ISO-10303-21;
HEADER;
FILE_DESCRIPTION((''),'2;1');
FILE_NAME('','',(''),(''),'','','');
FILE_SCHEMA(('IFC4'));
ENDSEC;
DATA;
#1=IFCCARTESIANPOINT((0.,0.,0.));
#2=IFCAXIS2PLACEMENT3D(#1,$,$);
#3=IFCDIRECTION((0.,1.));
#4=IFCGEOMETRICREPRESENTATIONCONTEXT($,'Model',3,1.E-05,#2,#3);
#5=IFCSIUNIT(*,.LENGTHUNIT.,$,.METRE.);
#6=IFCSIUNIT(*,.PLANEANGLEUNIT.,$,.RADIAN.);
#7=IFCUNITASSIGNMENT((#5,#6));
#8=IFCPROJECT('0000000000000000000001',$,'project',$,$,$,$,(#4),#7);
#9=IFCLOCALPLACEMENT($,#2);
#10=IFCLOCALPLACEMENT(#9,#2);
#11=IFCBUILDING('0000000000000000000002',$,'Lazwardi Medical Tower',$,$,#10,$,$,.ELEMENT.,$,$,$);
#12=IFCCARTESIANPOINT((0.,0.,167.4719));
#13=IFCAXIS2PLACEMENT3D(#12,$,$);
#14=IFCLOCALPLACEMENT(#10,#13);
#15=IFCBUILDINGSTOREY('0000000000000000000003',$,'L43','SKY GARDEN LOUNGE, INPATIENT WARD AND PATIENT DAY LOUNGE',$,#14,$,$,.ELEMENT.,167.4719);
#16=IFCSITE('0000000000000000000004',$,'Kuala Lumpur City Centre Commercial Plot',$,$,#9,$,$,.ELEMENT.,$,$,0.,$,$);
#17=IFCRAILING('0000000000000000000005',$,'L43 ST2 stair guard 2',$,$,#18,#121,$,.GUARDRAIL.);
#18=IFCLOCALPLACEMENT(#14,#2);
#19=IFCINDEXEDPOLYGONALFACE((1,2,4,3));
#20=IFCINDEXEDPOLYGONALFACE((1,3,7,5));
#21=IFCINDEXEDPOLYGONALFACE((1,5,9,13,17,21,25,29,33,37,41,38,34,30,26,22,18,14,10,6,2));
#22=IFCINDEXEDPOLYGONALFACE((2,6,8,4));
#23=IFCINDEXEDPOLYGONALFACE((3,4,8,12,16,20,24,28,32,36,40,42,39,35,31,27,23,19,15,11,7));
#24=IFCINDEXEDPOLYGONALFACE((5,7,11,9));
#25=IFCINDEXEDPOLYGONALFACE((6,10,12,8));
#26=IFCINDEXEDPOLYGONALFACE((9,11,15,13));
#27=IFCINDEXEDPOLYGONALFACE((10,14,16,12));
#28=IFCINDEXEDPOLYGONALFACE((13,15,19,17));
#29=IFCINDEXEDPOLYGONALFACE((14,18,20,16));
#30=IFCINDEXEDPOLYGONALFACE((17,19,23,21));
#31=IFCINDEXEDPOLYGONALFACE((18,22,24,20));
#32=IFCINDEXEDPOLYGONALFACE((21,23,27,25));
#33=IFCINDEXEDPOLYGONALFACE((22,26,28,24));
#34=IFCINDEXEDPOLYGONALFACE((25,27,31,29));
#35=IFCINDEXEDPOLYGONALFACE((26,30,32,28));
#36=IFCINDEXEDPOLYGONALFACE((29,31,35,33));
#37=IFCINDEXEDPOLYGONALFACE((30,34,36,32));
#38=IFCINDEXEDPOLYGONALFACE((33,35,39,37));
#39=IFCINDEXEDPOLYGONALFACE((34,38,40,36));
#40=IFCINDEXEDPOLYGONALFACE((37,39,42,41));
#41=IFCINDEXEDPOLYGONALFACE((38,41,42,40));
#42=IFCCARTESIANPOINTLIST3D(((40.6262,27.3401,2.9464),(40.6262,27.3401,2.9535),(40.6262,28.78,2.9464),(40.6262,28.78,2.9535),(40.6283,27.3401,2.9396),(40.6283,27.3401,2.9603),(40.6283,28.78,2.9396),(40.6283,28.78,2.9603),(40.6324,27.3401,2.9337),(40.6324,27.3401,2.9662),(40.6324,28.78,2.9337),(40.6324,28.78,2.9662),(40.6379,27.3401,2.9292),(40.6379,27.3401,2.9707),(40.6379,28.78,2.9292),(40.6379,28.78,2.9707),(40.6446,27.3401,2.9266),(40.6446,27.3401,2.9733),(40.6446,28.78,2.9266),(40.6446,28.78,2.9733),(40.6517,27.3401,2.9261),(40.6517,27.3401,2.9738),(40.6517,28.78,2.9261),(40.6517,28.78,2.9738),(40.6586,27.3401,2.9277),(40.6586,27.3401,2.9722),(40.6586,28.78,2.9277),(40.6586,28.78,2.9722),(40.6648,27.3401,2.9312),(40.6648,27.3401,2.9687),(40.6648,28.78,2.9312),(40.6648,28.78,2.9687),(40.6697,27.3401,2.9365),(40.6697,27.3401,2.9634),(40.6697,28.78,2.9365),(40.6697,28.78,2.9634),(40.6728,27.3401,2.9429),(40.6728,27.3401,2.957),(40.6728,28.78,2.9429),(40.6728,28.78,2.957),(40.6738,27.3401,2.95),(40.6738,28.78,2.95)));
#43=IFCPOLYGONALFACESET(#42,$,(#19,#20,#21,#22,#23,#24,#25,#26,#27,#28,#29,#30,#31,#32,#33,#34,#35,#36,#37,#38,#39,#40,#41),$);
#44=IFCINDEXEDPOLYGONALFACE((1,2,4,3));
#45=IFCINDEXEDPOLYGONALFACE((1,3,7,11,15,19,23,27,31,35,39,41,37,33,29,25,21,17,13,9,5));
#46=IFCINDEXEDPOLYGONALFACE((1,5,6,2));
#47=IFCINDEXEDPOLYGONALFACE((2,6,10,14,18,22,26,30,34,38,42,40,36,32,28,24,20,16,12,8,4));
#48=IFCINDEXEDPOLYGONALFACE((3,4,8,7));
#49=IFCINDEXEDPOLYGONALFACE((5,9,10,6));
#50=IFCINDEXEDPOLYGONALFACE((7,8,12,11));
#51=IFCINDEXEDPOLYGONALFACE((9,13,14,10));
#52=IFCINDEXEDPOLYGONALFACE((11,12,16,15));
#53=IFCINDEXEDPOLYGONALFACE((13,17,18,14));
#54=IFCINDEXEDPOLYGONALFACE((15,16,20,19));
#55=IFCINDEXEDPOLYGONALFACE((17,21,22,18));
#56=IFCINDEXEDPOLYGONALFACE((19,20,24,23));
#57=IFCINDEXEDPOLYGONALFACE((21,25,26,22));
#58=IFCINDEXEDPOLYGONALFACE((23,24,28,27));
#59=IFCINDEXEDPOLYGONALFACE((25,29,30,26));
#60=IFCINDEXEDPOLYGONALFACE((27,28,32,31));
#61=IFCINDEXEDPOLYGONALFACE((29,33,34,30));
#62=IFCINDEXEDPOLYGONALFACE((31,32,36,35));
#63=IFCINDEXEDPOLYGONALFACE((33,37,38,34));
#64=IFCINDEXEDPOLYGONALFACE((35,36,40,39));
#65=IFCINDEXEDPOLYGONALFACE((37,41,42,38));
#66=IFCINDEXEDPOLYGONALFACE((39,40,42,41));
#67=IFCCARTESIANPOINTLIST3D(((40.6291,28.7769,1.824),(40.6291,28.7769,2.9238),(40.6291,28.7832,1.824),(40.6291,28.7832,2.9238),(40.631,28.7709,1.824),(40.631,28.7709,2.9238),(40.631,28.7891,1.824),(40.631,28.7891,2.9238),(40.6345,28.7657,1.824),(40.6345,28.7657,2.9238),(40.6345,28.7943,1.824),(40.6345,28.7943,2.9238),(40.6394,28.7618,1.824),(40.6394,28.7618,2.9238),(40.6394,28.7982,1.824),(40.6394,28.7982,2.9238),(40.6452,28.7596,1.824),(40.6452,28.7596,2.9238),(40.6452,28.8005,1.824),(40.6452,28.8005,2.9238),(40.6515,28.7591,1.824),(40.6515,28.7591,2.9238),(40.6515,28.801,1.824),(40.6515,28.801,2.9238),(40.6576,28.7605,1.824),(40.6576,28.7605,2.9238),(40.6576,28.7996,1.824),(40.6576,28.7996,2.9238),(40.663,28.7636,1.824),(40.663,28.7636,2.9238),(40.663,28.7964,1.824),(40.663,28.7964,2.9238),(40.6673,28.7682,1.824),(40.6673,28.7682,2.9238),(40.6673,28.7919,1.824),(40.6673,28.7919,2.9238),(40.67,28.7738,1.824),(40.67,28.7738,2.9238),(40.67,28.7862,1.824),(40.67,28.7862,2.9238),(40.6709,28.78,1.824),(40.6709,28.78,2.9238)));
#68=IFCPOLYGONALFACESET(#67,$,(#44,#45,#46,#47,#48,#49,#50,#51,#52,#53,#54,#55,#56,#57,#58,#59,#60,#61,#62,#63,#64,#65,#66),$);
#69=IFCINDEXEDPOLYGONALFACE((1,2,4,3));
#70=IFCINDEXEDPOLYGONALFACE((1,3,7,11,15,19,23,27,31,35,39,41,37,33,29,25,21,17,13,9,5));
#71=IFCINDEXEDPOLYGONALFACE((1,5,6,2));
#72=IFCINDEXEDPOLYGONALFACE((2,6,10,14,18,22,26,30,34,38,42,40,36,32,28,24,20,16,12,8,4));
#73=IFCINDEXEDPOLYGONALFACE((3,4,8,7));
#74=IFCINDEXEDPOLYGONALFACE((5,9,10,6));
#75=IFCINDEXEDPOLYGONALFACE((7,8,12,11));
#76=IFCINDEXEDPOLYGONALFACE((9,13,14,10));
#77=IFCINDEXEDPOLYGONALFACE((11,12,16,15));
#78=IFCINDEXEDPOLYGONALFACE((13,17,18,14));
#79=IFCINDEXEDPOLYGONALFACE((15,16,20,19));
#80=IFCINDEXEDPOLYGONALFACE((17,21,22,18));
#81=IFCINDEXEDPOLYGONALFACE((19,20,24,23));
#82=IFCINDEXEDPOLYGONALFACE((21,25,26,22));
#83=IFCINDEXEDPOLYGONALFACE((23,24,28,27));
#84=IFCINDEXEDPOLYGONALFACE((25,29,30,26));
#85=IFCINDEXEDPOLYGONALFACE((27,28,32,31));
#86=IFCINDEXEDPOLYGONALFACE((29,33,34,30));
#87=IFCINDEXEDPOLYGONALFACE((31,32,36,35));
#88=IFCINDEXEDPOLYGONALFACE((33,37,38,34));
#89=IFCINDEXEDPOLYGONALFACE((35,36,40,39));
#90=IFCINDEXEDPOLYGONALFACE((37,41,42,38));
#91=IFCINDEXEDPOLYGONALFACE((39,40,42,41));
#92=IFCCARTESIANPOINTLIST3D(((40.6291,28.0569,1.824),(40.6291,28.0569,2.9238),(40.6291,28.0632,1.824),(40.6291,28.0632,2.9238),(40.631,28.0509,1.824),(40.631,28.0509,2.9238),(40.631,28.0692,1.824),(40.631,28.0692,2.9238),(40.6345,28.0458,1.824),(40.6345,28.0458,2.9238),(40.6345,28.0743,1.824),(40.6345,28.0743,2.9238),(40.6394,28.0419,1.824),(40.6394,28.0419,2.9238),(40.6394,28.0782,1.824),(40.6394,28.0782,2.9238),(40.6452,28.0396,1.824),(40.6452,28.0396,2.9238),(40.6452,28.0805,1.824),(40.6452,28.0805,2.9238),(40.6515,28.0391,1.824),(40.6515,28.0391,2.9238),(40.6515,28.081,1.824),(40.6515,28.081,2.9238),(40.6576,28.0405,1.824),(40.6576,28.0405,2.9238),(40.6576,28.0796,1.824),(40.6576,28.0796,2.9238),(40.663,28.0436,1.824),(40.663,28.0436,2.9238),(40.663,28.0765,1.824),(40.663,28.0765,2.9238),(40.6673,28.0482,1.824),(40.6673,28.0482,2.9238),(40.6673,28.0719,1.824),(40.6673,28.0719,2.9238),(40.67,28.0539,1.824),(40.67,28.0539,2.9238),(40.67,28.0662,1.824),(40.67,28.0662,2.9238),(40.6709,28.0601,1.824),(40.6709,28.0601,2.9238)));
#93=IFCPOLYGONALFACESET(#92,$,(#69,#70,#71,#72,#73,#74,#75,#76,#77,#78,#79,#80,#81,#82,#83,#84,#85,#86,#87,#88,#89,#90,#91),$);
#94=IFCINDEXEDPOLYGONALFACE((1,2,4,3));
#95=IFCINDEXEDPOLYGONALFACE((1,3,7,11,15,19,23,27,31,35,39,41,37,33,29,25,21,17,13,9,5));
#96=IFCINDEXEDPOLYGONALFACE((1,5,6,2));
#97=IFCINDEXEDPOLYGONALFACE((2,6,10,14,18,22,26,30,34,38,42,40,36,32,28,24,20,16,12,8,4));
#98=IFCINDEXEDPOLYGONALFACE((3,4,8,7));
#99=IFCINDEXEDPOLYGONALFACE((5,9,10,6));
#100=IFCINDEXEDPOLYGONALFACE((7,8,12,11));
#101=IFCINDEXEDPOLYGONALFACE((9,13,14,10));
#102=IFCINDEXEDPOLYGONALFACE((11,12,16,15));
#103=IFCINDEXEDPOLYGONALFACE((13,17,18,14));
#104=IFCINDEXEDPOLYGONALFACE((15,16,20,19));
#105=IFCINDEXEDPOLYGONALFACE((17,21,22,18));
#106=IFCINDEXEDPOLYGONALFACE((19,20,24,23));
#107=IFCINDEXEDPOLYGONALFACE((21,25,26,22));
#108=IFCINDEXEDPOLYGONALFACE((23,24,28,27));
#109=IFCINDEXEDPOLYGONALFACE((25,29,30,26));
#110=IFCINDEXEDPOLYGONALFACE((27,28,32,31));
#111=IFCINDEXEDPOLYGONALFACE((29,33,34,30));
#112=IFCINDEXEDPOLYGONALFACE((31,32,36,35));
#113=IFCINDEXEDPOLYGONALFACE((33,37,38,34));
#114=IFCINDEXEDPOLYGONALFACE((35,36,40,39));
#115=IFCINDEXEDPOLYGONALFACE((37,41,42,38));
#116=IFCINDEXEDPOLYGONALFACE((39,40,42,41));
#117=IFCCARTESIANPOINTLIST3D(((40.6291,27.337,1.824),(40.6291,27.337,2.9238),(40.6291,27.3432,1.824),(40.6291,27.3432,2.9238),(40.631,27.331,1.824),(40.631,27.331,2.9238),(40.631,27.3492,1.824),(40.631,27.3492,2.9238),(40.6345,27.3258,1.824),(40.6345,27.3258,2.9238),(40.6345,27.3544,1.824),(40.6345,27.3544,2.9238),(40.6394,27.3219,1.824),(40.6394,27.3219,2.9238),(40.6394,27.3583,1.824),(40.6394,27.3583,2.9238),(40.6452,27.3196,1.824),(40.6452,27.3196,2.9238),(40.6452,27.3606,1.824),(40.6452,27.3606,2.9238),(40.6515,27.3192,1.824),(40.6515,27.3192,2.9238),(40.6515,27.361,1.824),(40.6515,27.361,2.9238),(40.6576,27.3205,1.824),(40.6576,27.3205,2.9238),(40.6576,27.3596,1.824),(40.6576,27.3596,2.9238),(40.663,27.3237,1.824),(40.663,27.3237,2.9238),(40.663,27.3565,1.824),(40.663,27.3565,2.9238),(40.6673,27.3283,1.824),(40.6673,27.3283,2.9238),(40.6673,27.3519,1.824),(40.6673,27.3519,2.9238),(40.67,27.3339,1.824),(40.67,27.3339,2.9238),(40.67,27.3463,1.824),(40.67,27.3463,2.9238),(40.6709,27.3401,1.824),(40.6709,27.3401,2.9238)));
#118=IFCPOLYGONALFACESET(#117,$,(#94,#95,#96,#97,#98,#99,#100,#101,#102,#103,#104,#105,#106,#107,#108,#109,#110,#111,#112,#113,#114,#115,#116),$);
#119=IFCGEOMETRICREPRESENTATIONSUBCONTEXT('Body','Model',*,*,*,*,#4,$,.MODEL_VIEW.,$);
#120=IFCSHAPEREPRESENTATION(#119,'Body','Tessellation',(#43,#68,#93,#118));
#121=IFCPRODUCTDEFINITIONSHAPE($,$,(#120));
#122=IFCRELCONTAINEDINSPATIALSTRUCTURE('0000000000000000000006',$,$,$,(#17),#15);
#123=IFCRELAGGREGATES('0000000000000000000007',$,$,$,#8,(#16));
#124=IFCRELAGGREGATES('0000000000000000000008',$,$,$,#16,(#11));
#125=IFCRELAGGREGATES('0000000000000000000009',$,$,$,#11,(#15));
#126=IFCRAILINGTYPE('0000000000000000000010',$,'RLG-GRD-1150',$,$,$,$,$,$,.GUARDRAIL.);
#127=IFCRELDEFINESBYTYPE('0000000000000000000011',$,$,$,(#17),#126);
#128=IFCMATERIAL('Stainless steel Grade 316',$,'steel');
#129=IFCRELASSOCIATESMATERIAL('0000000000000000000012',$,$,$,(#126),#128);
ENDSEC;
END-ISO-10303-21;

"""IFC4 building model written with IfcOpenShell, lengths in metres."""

from ifc_helpers import new_model, si_unit, direction, frame, origin, origin_2d, place, context, subcontext, project, spatial, circle, extrude, material, type_object, element, save


model = new_model("IFC4")

# Units and contexts
model_context = context("Model", 3, precision=1e-05, world=origin(), true_north=direction((0.0, 1.0)))
body_context = subcontext(model_context, "Body", "Model", "MODEL_VIEW")
ifc_project = project(units=[si_unit("LENGTHUNIT", "METRE"), si_unit("PLANEANGLEUNIT", "RADIAN")], contexts=[model_context])

# Site, building, storey
site_placement = place(None, origin())
site = spatial("IfcSite", under=ifc_project, at=site_placement, Name="Kuala Lumpur City Centre Commercial Plot", CompositionType="ELEMENT", RefElevation=0.0)
building_placement = place(site_placement, origin())
building = spatial("IfcBuilding", under=site, at=building_placement, Name="Lazwardi Medical Tower", CompositionType="ELEMENT")
storey_placement = place(building_placement, frame((0.0, 0.0, 167.4719)))
storey = spatial("IfcBuildingStorey", under=building, at=storey_placement, Name="L43", Description="SKY GARDEN LOUNGE, INPATIENT WARD AND PATIENT DAY LOUNGE", CompositionType="ELEMENT", Elevation=167.4719)

# Railing
ifc_material_1 = material(Name="Stainless steel Grade 316", Category="steel")
railing_type_1 = type_object("IfcRailingType", Name="RLG-GRD-1150", PredefinedType="GUARDRAIL", material=ifc_material_1)
railing_1_placement = place(storey_placement, frame((40.6499, 28.78, 1.824)))
element("IfcRailing", 1, at=railing_1_placement, inside=storey, type_object=railing_type_1, Name="L43 ST2 stair guard 2", PredefinedType="GUARDRAIL", context=body_context, shape_type="SweptSolid", body=[
    extrude(circle(Radius=0.0239, at=origin_2d()), frame((0.0, 0.0, 1.126), z_axis=(0.0, -1.0, 0.0), x_axis=(1.0, 0.0, 0.0)), (0.0, 0.0, 1.0), 1.4399),
    extrude(circle(Radius=0.021, at=origin_2d()), origin(), (0.0, 0.0, 1.0), 1.0999),
    extrude(circle(Radius=0.021, at=origin_2d()), frame((0.0, -0.72, 0.0)), (0.0, 0.0, 1.0), 1.0999),
    extrude(circle(Radius=0.021, at=origin_2d()), frame((0.0, -1.4399, 0.0)), (0.0, 0.0, 1.0), 1.0999),
])

save(model, "model.ifc")
